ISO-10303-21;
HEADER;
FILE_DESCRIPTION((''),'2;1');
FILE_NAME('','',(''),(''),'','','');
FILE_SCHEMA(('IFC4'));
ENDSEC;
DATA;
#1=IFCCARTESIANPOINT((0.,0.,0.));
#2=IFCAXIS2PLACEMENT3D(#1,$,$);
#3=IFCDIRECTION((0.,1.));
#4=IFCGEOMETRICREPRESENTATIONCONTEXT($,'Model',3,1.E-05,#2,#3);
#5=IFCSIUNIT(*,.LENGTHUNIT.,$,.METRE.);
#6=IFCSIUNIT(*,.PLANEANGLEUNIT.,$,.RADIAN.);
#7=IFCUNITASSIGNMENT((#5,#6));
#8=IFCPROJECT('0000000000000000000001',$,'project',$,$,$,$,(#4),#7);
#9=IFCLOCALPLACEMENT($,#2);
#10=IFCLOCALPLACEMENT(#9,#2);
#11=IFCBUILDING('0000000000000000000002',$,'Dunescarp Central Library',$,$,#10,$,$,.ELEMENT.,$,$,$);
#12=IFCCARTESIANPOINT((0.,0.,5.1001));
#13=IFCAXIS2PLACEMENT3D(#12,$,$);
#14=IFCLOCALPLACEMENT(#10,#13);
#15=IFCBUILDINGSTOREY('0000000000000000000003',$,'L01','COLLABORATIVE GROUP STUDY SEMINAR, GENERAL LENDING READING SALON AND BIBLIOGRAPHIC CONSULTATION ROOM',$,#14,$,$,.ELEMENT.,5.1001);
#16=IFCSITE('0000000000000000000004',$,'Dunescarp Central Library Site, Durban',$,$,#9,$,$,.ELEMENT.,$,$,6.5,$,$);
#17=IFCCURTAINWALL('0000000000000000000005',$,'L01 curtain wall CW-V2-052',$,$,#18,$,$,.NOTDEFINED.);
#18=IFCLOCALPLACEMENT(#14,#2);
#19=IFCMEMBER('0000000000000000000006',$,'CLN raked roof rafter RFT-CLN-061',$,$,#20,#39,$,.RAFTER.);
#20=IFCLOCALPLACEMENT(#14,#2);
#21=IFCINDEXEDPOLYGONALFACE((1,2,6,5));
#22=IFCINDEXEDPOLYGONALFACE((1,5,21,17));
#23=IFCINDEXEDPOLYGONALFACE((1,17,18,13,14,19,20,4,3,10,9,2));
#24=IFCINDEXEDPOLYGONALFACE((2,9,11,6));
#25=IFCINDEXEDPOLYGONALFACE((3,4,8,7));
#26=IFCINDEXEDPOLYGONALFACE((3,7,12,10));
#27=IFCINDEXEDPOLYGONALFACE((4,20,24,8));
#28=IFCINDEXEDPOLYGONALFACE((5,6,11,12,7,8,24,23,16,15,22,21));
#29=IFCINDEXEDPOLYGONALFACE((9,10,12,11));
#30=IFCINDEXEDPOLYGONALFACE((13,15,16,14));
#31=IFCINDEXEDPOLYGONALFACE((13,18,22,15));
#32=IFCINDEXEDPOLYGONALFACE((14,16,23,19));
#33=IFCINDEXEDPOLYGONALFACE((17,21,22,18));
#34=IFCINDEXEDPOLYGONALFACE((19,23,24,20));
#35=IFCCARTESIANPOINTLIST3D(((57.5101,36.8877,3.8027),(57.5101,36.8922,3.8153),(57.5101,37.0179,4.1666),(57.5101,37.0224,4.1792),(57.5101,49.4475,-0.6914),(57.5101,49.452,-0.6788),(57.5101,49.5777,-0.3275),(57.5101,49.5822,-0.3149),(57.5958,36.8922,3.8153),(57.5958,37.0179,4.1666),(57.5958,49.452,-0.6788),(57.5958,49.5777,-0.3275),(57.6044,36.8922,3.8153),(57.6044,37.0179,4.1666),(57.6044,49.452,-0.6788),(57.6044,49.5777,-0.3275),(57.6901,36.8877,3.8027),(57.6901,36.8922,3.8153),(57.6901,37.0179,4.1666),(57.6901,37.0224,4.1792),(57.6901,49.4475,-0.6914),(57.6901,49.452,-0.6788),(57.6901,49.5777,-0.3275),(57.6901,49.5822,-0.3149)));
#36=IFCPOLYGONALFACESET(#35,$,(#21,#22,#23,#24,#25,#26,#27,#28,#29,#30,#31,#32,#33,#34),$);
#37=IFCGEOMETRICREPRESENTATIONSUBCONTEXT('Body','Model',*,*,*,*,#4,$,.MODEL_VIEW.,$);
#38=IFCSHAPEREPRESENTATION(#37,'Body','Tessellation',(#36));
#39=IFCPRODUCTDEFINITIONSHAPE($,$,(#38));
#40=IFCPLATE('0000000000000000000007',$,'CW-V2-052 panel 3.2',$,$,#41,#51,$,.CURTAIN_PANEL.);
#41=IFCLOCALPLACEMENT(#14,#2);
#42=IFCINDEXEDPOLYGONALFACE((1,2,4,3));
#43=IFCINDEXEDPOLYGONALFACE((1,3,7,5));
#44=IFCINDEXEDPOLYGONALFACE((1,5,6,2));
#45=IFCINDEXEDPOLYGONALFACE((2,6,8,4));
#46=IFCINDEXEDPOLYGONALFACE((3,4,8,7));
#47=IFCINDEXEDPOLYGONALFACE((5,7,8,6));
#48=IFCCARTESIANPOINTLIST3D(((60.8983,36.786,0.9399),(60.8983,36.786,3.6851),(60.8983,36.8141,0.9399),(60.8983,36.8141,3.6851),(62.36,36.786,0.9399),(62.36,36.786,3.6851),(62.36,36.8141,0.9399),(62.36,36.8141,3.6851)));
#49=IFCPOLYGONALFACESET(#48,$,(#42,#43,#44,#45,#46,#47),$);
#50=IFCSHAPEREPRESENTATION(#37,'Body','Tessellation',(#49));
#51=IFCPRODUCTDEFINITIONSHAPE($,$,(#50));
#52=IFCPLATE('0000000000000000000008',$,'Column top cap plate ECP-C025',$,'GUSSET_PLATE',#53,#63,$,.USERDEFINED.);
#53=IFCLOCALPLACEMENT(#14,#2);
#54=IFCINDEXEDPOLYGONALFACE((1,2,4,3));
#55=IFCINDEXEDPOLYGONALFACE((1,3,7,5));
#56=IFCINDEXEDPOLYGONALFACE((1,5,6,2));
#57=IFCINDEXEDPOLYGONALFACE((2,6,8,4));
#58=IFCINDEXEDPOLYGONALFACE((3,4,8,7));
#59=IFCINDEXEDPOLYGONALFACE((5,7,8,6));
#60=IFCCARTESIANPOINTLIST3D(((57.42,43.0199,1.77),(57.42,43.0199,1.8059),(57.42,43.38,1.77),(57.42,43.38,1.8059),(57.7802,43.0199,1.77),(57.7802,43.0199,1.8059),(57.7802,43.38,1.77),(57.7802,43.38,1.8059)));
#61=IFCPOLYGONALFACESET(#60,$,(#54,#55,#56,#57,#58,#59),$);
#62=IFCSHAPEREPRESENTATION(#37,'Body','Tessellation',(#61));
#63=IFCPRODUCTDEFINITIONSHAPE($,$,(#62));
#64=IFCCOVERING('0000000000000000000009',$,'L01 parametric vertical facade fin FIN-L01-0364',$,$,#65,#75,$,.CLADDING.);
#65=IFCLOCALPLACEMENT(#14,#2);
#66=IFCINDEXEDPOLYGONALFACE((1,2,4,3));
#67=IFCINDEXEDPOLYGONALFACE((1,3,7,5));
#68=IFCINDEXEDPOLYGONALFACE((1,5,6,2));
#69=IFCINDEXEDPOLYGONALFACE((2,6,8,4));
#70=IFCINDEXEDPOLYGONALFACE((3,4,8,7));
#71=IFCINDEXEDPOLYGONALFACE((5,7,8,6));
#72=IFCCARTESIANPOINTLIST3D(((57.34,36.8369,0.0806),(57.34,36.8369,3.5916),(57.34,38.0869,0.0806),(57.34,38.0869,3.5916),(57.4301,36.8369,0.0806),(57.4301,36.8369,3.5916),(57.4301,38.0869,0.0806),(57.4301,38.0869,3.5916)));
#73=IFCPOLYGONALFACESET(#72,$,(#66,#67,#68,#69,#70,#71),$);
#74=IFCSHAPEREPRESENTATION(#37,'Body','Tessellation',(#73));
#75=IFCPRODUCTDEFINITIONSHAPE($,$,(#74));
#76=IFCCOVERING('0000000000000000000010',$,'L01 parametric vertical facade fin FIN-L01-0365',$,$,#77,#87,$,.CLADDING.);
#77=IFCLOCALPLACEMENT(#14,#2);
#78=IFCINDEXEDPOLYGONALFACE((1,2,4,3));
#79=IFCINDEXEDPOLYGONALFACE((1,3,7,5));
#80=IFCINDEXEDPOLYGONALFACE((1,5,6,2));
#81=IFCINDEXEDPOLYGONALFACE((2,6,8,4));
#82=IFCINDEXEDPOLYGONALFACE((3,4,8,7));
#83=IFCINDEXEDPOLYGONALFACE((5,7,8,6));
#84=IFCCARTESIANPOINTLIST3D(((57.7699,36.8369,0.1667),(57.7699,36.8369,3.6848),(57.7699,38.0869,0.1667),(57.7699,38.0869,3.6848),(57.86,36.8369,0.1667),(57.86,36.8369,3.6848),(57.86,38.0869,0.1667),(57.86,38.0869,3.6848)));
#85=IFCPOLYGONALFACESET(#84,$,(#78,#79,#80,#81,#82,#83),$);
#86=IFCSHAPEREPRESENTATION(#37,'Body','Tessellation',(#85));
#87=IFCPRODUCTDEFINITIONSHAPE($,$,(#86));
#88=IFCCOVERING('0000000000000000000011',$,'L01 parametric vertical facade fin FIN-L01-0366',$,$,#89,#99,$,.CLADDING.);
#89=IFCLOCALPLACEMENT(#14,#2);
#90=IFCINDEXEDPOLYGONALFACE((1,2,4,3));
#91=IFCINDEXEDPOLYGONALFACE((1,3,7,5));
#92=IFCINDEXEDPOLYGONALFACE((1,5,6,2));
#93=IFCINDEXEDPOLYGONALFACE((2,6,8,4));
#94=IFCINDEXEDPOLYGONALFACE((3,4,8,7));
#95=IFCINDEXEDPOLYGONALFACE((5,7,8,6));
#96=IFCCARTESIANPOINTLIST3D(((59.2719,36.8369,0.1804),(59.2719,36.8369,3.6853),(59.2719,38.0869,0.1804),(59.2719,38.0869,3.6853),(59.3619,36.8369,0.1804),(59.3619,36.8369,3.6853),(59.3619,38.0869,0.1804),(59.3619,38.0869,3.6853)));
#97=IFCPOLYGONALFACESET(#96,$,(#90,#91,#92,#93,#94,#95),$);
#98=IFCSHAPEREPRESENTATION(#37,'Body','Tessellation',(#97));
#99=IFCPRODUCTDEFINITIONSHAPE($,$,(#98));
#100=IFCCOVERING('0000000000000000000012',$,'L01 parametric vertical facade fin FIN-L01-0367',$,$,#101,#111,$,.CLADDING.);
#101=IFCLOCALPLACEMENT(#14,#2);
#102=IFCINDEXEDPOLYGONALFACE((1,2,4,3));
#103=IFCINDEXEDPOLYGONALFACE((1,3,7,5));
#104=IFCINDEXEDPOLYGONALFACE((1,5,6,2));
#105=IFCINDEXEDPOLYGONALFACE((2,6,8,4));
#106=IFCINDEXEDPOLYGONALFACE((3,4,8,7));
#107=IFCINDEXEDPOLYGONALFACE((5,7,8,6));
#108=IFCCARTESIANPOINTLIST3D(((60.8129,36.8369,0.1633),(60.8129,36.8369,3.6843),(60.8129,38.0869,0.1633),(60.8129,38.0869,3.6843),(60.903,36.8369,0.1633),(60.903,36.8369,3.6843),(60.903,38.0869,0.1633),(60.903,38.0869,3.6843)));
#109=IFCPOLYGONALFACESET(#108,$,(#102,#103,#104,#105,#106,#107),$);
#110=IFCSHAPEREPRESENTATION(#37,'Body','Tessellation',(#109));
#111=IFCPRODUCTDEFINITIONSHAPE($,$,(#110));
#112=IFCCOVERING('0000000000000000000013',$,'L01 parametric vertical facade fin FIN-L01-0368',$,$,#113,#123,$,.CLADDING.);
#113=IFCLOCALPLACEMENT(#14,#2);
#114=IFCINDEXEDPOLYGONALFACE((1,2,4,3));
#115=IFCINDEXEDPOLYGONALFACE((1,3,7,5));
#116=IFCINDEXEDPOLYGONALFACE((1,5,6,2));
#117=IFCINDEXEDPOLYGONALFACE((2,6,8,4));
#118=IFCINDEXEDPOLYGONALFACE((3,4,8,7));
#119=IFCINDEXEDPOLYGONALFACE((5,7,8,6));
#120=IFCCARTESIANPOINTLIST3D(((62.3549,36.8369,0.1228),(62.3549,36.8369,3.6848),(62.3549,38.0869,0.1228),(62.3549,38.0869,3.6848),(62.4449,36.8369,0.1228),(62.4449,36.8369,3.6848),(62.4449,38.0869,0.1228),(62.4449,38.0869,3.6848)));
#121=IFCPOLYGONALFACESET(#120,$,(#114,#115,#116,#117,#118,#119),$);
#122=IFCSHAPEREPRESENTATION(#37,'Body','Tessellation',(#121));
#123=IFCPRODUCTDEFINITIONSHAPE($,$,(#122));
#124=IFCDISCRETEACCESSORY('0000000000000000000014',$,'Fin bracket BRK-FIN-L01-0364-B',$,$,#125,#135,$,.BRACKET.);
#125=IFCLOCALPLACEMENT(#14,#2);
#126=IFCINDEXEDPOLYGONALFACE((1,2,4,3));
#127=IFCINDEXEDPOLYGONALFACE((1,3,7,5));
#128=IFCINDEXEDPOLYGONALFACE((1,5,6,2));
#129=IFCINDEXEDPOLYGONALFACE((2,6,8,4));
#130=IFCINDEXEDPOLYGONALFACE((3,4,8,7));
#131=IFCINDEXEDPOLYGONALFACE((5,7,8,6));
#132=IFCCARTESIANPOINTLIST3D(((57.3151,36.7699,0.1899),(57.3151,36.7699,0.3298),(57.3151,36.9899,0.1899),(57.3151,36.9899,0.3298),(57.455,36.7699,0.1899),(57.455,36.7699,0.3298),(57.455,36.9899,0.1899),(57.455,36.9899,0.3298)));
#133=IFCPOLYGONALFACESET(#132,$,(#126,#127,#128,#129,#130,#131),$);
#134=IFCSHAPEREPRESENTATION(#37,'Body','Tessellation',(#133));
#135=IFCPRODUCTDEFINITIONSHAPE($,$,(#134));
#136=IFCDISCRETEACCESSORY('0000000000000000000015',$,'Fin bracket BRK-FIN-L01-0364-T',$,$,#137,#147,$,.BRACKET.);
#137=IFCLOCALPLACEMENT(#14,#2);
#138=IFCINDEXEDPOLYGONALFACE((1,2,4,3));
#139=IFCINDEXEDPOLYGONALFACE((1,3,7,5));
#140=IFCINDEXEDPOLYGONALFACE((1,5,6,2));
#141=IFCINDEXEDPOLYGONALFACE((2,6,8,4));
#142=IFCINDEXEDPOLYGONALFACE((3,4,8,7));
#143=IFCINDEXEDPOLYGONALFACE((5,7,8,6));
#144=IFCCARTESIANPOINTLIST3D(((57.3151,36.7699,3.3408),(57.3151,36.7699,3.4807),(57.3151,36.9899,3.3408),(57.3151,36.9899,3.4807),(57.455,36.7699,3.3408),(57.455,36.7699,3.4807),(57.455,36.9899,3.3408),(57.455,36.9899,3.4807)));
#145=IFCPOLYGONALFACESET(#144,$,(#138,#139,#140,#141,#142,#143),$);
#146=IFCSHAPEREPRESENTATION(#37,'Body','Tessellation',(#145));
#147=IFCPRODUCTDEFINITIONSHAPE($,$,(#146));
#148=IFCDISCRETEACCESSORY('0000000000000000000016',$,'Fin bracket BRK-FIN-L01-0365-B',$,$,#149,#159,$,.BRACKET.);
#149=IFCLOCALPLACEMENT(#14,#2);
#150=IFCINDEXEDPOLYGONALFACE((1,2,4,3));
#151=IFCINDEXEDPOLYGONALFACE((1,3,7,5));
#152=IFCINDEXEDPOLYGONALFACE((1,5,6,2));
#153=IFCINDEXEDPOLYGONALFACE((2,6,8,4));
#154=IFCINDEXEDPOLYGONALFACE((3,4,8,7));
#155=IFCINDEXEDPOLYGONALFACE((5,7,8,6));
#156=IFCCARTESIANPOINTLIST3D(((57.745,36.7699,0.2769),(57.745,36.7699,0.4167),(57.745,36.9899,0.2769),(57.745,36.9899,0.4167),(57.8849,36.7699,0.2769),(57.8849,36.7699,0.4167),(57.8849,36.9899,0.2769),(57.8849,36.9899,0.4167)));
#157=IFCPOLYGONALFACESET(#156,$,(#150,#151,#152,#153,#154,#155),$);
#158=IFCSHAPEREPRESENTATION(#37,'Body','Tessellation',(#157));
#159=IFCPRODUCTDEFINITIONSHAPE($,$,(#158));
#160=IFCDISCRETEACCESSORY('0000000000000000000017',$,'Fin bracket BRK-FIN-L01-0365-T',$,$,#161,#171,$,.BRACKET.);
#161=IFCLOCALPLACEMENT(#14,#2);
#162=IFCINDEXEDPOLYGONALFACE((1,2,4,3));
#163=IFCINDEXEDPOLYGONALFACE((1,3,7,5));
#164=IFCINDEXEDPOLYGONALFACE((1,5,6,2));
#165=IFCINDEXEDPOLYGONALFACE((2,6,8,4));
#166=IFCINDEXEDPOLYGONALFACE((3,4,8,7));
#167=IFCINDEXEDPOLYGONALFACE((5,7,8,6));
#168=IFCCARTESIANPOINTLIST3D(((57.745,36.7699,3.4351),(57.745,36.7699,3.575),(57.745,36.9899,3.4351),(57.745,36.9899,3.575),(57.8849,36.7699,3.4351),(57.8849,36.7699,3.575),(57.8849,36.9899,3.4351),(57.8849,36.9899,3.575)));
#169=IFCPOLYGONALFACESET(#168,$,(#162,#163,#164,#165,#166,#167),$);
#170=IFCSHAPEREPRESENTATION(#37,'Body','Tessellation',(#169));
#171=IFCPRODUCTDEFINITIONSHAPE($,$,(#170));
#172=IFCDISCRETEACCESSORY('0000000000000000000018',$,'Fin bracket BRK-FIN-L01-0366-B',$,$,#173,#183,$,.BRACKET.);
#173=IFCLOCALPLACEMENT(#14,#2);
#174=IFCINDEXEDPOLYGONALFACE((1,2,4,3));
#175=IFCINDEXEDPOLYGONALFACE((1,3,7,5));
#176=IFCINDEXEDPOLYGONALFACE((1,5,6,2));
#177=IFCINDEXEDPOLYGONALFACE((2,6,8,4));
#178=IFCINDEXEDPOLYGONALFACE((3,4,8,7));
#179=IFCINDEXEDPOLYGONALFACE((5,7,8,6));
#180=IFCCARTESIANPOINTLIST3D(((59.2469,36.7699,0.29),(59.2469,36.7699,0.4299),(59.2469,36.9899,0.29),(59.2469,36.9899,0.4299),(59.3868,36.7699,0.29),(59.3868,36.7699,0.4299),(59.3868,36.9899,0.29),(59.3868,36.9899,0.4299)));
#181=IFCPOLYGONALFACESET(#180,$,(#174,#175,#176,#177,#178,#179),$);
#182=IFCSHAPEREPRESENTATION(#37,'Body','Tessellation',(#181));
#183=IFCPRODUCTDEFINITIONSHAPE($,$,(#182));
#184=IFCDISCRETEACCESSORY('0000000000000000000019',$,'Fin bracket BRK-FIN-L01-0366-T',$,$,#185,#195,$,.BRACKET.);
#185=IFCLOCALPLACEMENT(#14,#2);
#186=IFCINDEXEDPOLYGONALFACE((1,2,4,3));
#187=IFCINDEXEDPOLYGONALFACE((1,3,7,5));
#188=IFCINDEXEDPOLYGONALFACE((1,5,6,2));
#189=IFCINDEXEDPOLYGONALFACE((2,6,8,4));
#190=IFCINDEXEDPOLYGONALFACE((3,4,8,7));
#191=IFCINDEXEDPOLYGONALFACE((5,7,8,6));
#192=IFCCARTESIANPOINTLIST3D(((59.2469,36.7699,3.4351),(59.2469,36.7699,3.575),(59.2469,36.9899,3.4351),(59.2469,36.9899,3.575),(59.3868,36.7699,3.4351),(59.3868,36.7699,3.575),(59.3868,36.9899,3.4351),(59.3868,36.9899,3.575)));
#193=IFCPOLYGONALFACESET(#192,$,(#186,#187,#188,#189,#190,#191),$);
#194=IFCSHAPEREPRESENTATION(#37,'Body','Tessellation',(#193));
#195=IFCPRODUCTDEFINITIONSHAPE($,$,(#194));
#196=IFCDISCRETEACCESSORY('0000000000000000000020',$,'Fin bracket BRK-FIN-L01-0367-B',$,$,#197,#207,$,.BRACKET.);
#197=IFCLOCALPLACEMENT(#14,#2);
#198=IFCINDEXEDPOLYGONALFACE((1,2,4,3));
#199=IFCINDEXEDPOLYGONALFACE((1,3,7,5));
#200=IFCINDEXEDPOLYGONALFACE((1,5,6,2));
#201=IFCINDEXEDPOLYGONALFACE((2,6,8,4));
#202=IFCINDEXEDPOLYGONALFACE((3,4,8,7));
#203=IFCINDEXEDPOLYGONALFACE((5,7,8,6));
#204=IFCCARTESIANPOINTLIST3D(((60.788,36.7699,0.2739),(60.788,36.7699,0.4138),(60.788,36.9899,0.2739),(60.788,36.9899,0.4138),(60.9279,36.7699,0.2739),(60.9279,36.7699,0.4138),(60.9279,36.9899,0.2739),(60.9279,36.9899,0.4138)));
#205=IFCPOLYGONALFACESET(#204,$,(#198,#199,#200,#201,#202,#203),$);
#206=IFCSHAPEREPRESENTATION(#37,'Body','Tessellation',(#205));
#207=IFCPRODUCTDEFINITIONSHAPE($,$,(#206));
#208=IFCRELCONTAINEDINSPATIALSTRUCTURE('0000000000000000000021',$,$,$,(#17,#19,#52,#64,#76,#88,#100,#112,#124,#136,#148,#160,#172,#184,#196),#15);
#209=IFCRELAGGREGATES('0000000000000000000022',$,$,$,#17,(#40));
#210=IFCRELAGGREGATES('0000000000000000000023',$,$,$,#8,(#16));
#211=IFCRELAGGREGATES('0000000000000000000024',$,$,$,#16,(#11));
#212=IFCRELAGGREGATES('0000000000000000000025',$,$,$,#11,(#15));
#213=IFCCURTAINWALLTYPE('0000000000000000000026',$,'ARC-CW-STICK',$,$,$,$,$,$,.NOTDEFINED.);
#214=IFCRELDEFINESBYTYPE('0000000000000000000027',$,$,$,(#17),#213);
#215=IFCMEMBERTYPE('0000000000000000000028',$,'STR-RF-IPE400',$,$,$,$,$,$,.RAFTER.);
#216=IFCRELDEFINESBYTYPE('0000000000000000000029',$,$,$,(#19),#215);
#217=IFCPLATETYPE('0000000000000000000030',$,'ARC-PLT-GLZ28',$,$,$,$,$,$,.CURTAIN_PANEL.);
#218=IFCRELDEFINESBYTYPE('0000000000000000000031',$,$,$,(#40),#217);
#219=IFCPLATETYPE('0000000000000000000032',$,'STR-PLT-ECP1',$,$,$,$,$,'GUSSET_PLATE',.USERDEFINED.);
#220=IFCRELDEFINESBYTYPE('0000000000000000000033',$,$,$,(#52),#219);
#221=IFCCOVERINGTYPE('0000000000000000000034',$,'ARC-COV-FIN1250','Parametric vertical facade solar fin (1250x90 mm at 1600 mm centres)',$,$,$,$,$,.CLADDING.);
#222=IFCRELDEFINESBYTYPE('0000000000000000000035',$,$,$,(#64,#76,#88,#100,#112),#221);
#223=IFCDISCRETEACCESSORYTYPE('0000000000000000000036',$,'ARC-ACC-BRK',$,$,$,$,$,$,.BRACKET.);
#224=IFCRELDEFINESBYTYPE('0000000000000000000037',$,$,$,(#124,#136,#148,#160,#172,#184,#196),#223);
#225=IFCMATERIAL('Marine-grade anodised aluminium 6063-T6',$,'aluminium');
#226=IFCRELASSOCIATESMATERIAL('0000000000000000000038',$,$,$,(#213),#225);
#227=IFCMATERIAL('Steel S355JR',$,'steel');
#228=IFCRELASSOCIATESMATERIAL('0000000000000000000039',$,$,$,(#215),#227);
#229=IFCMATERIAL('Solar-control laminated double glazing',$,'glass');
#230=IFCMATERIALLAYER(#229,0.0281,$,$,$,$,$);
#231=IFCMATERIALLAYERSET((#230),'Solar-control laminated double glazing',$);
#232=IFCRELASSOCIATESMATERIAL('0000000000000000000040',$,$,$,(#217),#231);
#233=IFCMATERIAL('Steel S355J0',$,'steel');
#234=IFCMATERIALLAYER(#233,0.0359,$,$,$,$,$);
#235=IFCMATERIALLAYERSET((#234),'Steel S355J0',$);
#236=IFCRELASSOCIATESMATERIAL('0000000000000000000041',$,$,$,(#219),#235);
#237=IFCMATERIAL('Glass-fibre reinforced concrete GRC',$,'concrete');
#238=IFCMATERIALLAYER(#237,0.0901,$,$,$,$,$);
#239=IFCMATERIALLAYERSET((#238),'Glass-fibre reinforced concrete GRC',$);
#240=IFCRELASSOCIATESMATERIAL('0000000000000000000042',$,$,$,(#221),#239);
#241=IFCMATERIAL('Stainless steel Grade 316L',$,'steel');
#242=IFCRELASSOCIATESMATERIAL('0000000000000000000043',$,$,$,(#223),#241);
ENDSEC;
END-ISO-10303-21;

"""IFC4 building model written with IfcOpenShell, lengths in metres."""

from ifc_helpers import new_model, si_unit, direction, frame, origin, origin_2d, place, context, subcontext, project, spatial, rectangle, i_section, extrude, material, layer, layer_set, material_profile, profile_set, type_object, element, aggregate, save


model = new_model("IFC4")

# Units and contexts
model_context = context("Model", 3, precision=1e-05, world=origin(), true_north=direction((0.0, 1.0)))
body_context = subcontext(model_context, "Body", "Model", "MODEL_VIEW")
ifc_project = project(units=[si_unit("LENGTHUNIT", "METRE"), si_unit("PLANEANGLEUNIT", "RADIAN")], contexts=[model_context])

# Site, building, storey
site_placement = place(None, origin())
site = spatial("IfcSite", under=ifc_project, at=site_placement, Name="Dunescarp Central Library Site, Durban", CompositionType="ELEMENT", RefElevation=6.5)
building_placement = place(site_placement, origin())
building = spatial("IfcBuilding", under=site, at=building_placement, Name="Dunescarp Central Library", CompositionType="ELEMENT")
storey_placement = place(building_placement, frame((0.0, 0.0, 5.1001)))
storey = spatial("IfcBuildingStorey", under=building, at=storey_placement, Name="L01", Description="COLLABORATIVE GROUP STUDY SEMINAR, GENERAL LENDING READING SALON AND BIBLIOGRAPHIC CONSULTATION ROOM", CompositionType="ELEMENT", Elevation=5.1001)

# Shared definitions
ifc_material_1 = material(Name="Steel S355J0", Category="steel")

# Curtain wall
ifc_material_2 = material(Name="Marine-grade anodised aluminium 6063-T6", Category="aluminium")
curtain_wall_type = type_object("IfcCurtainWallType", Name="ARC-CW-STICK", PredefinedType="NOTDEFINED", material=ifc_material_2)
curtain_wall_placement = place(storey_placement, origin())
curtain_wall = element("IfcCurtainWall", 1, at=curtain_wall_placement, inside=storey, type_object=curtain_wall_type, Name="L01 curtain wall CW-V2-052", PredefinedType="NOTDEFINED")

# Shared definitions
ifc_material_3 = material(Name="Steel S355JR", Category="steel")

# Member
ifc_material_profile_1 = material_profile(ifc_material_3, i_section(OverallWidth=0.1799, OverallDepth=0.3999, WebThickness=0.0085, FlangeThickness=0.0134, at=origin_2d()), Name="IPE 400")
ifc_profile_set_1 = profile_set([ifc_material_profile_1], Name="Steel S355JR")
member_type_1 = type_object("IfcMemberType", Name="STR-RF-IPE400", PredefinedType="RAFTER", material=ifc_profile_set_1)
member_1_placement = place(storey_placement, frame((57.6001, 36.9551, 3.991), z_axis=(0.0, 0.94154, -0.336901), x_axis=(-1.0, 0.0, 0.0)))
element("IfcMember", 2, at=member_1_placement, inside=storey, type_object=member_type_1, Name="CLN raked roof rafter RFT-CLN-061", PredefinedType="RAFTER", context=body_context, shape_type="SweptSolid", body=[
    extrude(i_section(OverallWidth=0.1799, OverallDepth=0.3999, WebThickness=0.0085, FlangeThickness=0.0134, at=origin_2d()), origin(), (0.0, 0.0, 1.0), 13.3396),
])

# Plates
ifc_material_4 = material(Name="Solar-control laminated double glazing", Category="glass")
ifc_layer_1 = layer(ifc_material_4, 0.0281)
ifc_layer_set_1 = layer_set([ifc_layer_1], Name="Solar-control laminated double glazing")
plate_type_1 = type_object("IfcPlateType", Name="ARC-PLT-GLZ28", PredefinedType="CURTAIN_PANEL", material=ifc_layer_set_1)
plate_1_placement = place(storey_placement, frame((61.6292, 36.8, 0.9399), z_axis=(0.0, 0.0, 1.0), x_axis=(1.0, 0.0, 0.0)))
plate_1 = element("IfcPlate", 3, at=plate_1_placement, type_object=plate_type_1, Name="CW-V2-052 panel 3.2", PredefinedType="CURTAIN_PANEL", context=body_context, shape_type="SweptSolid", body=[
    extrude(rectangle(XDim=1.4617, YDim=0.0281, at=origin_2d()), origin(), (0.0, 0.0, 1.0), 2.7451),
])
aggregate(curtain_wall, [plate_1])
ifc_layer_2 = layer(ifc_material_1, 0.0359)
ifc_layer_set_2 = layer_set([ifc_layer_2], Name="Steel S355J0")
plate_type_2 = type_object("IfcPlateType", Name="STR-PLT-ECP1", ElementType="GUSSET_PLATE", PredefinedType="USERDEFINED", material=ifc_layer_set_2)
plate_2_placement = place(storey_placement, frame((57.6001, 43.2, 1.77), z_axis=(0.0, 0.0, 1.0), x_axis=(1.0, 0.0, 0.0)))
element("IfcPlate", 4, at=plate_2_placement, inside=storey, type_object=plate_type_2, Name="Column top cap plate ECP-C025", ObjectType="GUSSET_PLATE", PredefinedType="USERDEFINED", context=body_context, shape_type="SweptSolid", body=[
    extrude(rectangle(XDim=0.3601, YDim=0.3601, at=origin_2d()), origin(), (0.0, 0.0, 1.0), 0.0359),
])

# Coverings
ifc_material_5 = material(Name="Glass-fibre reinforced concrete GRC", Category="concrete")
ifc_layer_3 = layer(ifc_material_5, 0.0901)
ifc_layer_set_3 = layer_set([ifc_layer_3], Name="Glass-fibre reinforced concrete GRC")
covering_type = type_object("IfcCoveringType", Name="ARC-COV-FIN1250", Description="Parametric vertical facade solar fin (1250x90 mm at 1600 mm centres)", PredefinedType="CLADDING", material=ifc_layer_set_3)
covering_1_placement = place(storey_placement, frame((57.385, 37.4619, 0.0806), z_axis=(0.0, 0.0, 1.0), x_axis=(0.0, 1.0, 0.0)))
element("IfcCovering", 5, at=covering_1_placement, inside=storey, type_object=covering_type, Name="L01 parametric vertical facade fin FIN-L01-0364", PredefinedType="CLADDING", context=body_context, shape_type="SweptSolid", body=[
    extrude(rectangle(XDim=1.25, YDim=0.0901, at=origin_2d()), origin(), (0.0, 0.0, 1.0), 3.511),
])
covering_2_placement = place(storey_placement, frame((57.8149, 37.4619, 0.1667), z_axis=(0.0, 0.0, 1.0), x_axis=(0.0, 1.0, 0.0)))
element("IfcCovering", 6, at=covering_2_placement, inside=storey, type_object=covering_type, Name="L01 parametric vertical facade fin FIN-L01-0365", PredefinedType="CLADDING", context=body_context, shape_type="SweptSolid", body=[
    extrude(rectangle(XDim=1.25, YDim=0.0901, at=origin_2d()), origin(), (0.0, 0.0, 1.0), 3.5181),
])
covering_3_placement = place(storey_placement, frame((59.3169, 37.4619, 0.1804), z_axis=(0.0, 0.0, 1.0), x_axis=(0.0, 1.0, 0.0)))
element("IfcCovering", 7, at=covering_3_placement, inside=storey, type_object=covering_type, Name="L01 parametric vertical facade fin FIN-L01-0366", PredefinedType="CLADDING", context=body_context, shape_type="SweptSolid", body=[
    extrude(rectangle(XDim=1.25, YDim=0.0901, at=origin_2d()), origin(), (0.0, 0.0, 1.0), 3.5049),
])
covering_4_placement = place(storey_placement, frame((60.8579, 37.4619, 0.1633), z_axis=(0.0, 0.0, 1.0), x_axis=(0.0, 1.0, 0.0)))
element("IfcCovering", 8, at=covering_4_placement, inside=storey, type_object=covering_type, Name="L01 parametric vertical facade fin FIN-L01-0367", PredefinedType="CLADDING", context=body_context, shape_type="SweptSolid", body=[
    extrude(rectangle(XDim=1.25, YDim=0.0901, at=origin_2d()), origin(), (0.0, 0.0, 1.0), 3.521),
])
covering_5_placement = place(storey_placement, frame((62.3999, 37.4619, 0.1228), z_axis=(0.0, 0.0, 1.0), x_axis=(0.0, 1.0, 0.0)))
element("IfcCovering", 9, at=covering_5_placement, inside=storey, type_object=covering_type, Name="L01 parametric vertical facade fin FIN-L01-0368", PredefinedType="CLADDING", context=body_context, shape_type="SweptSolid", body=[
    extrude(rectangle(XDim=1.25, YDim=0.0901, at=origin_2d()), origin(), (0.0, 0.0, 1.0), 3.562),
])

# Discrete accessories
ifc_material_6 = material(Name="Stainless steel Grade 316L", Category="steel")
discrete_accessory_type = type_object("IfcDiscreteAccessoryType", Name="ARC-ACC-BRK", PredefinedType="BRACKET", material=ifc_material_6)
for number, where, z_axis, x_axis, name in (
    (10, (57.385, 36.8799, 0.1899), (0.0, 0.0, 1.0), (0.0, 1.0, 0.0), "Fin bracket BRK-FIN-L01-0364-B"),
    (11, (57.385, 36.8799, 3.3408), (0.0, 0.0, 1.0), (0.0, 1.0, 0.0), "Fin bracket BRK-FIN-L01-0364-T"),
    (12, (57.8149, 36.8799, 0.2769), (0.0, 0.0, 1.0), (0.0, 1.0, 0.0), "Fin bracket BRK-FIN-L01-0365-B"),
    (13, (57.8149, 36.8799, 3.4351), (0.0, 0.0, 1.0), (0.0, 1.0, 0.0), "Fin bracket BRK-FIN-L01-0365-T"),
    (14, (59.3169, 36.8799, 0.29), (0.0, 0.0, 1.0), (0.0, 1.0, 0.0), "Fin bracket BRK-FIN-L01-0366-B"),
    (15, (59.3169, 36.8799, 3.4351), (0.0, 0.0, 1.0), (0.0, 1.0, 0.0), "Fin bracket BRK-FIN-L01-0366-T"),
    (16, (60.8579, 36.8799, 0.2739), (0.0, 0.0, 1.0), (0.0, 1.0, 0.0), "Fin bracket BRK-FIN-L01-0367-B"),
):
    element("IfcDiscreteAccessory", number, at=place(storey_placement, frame(where, z_axis=z_axis, x_axis=x_axis)), inside=storey, type_object=discrete_accessory_type, Name=name, PredefinedType="BRACKET", context=body_context, shape_type="SweptSolid", body=[
        extrude(rectangle(XDim=0.22, YDim=0.1399, at=origin_2d()), origin(), (0.0, 0.0, 1.0), 0.1399),
    ])

save(model, "model.ifc")
